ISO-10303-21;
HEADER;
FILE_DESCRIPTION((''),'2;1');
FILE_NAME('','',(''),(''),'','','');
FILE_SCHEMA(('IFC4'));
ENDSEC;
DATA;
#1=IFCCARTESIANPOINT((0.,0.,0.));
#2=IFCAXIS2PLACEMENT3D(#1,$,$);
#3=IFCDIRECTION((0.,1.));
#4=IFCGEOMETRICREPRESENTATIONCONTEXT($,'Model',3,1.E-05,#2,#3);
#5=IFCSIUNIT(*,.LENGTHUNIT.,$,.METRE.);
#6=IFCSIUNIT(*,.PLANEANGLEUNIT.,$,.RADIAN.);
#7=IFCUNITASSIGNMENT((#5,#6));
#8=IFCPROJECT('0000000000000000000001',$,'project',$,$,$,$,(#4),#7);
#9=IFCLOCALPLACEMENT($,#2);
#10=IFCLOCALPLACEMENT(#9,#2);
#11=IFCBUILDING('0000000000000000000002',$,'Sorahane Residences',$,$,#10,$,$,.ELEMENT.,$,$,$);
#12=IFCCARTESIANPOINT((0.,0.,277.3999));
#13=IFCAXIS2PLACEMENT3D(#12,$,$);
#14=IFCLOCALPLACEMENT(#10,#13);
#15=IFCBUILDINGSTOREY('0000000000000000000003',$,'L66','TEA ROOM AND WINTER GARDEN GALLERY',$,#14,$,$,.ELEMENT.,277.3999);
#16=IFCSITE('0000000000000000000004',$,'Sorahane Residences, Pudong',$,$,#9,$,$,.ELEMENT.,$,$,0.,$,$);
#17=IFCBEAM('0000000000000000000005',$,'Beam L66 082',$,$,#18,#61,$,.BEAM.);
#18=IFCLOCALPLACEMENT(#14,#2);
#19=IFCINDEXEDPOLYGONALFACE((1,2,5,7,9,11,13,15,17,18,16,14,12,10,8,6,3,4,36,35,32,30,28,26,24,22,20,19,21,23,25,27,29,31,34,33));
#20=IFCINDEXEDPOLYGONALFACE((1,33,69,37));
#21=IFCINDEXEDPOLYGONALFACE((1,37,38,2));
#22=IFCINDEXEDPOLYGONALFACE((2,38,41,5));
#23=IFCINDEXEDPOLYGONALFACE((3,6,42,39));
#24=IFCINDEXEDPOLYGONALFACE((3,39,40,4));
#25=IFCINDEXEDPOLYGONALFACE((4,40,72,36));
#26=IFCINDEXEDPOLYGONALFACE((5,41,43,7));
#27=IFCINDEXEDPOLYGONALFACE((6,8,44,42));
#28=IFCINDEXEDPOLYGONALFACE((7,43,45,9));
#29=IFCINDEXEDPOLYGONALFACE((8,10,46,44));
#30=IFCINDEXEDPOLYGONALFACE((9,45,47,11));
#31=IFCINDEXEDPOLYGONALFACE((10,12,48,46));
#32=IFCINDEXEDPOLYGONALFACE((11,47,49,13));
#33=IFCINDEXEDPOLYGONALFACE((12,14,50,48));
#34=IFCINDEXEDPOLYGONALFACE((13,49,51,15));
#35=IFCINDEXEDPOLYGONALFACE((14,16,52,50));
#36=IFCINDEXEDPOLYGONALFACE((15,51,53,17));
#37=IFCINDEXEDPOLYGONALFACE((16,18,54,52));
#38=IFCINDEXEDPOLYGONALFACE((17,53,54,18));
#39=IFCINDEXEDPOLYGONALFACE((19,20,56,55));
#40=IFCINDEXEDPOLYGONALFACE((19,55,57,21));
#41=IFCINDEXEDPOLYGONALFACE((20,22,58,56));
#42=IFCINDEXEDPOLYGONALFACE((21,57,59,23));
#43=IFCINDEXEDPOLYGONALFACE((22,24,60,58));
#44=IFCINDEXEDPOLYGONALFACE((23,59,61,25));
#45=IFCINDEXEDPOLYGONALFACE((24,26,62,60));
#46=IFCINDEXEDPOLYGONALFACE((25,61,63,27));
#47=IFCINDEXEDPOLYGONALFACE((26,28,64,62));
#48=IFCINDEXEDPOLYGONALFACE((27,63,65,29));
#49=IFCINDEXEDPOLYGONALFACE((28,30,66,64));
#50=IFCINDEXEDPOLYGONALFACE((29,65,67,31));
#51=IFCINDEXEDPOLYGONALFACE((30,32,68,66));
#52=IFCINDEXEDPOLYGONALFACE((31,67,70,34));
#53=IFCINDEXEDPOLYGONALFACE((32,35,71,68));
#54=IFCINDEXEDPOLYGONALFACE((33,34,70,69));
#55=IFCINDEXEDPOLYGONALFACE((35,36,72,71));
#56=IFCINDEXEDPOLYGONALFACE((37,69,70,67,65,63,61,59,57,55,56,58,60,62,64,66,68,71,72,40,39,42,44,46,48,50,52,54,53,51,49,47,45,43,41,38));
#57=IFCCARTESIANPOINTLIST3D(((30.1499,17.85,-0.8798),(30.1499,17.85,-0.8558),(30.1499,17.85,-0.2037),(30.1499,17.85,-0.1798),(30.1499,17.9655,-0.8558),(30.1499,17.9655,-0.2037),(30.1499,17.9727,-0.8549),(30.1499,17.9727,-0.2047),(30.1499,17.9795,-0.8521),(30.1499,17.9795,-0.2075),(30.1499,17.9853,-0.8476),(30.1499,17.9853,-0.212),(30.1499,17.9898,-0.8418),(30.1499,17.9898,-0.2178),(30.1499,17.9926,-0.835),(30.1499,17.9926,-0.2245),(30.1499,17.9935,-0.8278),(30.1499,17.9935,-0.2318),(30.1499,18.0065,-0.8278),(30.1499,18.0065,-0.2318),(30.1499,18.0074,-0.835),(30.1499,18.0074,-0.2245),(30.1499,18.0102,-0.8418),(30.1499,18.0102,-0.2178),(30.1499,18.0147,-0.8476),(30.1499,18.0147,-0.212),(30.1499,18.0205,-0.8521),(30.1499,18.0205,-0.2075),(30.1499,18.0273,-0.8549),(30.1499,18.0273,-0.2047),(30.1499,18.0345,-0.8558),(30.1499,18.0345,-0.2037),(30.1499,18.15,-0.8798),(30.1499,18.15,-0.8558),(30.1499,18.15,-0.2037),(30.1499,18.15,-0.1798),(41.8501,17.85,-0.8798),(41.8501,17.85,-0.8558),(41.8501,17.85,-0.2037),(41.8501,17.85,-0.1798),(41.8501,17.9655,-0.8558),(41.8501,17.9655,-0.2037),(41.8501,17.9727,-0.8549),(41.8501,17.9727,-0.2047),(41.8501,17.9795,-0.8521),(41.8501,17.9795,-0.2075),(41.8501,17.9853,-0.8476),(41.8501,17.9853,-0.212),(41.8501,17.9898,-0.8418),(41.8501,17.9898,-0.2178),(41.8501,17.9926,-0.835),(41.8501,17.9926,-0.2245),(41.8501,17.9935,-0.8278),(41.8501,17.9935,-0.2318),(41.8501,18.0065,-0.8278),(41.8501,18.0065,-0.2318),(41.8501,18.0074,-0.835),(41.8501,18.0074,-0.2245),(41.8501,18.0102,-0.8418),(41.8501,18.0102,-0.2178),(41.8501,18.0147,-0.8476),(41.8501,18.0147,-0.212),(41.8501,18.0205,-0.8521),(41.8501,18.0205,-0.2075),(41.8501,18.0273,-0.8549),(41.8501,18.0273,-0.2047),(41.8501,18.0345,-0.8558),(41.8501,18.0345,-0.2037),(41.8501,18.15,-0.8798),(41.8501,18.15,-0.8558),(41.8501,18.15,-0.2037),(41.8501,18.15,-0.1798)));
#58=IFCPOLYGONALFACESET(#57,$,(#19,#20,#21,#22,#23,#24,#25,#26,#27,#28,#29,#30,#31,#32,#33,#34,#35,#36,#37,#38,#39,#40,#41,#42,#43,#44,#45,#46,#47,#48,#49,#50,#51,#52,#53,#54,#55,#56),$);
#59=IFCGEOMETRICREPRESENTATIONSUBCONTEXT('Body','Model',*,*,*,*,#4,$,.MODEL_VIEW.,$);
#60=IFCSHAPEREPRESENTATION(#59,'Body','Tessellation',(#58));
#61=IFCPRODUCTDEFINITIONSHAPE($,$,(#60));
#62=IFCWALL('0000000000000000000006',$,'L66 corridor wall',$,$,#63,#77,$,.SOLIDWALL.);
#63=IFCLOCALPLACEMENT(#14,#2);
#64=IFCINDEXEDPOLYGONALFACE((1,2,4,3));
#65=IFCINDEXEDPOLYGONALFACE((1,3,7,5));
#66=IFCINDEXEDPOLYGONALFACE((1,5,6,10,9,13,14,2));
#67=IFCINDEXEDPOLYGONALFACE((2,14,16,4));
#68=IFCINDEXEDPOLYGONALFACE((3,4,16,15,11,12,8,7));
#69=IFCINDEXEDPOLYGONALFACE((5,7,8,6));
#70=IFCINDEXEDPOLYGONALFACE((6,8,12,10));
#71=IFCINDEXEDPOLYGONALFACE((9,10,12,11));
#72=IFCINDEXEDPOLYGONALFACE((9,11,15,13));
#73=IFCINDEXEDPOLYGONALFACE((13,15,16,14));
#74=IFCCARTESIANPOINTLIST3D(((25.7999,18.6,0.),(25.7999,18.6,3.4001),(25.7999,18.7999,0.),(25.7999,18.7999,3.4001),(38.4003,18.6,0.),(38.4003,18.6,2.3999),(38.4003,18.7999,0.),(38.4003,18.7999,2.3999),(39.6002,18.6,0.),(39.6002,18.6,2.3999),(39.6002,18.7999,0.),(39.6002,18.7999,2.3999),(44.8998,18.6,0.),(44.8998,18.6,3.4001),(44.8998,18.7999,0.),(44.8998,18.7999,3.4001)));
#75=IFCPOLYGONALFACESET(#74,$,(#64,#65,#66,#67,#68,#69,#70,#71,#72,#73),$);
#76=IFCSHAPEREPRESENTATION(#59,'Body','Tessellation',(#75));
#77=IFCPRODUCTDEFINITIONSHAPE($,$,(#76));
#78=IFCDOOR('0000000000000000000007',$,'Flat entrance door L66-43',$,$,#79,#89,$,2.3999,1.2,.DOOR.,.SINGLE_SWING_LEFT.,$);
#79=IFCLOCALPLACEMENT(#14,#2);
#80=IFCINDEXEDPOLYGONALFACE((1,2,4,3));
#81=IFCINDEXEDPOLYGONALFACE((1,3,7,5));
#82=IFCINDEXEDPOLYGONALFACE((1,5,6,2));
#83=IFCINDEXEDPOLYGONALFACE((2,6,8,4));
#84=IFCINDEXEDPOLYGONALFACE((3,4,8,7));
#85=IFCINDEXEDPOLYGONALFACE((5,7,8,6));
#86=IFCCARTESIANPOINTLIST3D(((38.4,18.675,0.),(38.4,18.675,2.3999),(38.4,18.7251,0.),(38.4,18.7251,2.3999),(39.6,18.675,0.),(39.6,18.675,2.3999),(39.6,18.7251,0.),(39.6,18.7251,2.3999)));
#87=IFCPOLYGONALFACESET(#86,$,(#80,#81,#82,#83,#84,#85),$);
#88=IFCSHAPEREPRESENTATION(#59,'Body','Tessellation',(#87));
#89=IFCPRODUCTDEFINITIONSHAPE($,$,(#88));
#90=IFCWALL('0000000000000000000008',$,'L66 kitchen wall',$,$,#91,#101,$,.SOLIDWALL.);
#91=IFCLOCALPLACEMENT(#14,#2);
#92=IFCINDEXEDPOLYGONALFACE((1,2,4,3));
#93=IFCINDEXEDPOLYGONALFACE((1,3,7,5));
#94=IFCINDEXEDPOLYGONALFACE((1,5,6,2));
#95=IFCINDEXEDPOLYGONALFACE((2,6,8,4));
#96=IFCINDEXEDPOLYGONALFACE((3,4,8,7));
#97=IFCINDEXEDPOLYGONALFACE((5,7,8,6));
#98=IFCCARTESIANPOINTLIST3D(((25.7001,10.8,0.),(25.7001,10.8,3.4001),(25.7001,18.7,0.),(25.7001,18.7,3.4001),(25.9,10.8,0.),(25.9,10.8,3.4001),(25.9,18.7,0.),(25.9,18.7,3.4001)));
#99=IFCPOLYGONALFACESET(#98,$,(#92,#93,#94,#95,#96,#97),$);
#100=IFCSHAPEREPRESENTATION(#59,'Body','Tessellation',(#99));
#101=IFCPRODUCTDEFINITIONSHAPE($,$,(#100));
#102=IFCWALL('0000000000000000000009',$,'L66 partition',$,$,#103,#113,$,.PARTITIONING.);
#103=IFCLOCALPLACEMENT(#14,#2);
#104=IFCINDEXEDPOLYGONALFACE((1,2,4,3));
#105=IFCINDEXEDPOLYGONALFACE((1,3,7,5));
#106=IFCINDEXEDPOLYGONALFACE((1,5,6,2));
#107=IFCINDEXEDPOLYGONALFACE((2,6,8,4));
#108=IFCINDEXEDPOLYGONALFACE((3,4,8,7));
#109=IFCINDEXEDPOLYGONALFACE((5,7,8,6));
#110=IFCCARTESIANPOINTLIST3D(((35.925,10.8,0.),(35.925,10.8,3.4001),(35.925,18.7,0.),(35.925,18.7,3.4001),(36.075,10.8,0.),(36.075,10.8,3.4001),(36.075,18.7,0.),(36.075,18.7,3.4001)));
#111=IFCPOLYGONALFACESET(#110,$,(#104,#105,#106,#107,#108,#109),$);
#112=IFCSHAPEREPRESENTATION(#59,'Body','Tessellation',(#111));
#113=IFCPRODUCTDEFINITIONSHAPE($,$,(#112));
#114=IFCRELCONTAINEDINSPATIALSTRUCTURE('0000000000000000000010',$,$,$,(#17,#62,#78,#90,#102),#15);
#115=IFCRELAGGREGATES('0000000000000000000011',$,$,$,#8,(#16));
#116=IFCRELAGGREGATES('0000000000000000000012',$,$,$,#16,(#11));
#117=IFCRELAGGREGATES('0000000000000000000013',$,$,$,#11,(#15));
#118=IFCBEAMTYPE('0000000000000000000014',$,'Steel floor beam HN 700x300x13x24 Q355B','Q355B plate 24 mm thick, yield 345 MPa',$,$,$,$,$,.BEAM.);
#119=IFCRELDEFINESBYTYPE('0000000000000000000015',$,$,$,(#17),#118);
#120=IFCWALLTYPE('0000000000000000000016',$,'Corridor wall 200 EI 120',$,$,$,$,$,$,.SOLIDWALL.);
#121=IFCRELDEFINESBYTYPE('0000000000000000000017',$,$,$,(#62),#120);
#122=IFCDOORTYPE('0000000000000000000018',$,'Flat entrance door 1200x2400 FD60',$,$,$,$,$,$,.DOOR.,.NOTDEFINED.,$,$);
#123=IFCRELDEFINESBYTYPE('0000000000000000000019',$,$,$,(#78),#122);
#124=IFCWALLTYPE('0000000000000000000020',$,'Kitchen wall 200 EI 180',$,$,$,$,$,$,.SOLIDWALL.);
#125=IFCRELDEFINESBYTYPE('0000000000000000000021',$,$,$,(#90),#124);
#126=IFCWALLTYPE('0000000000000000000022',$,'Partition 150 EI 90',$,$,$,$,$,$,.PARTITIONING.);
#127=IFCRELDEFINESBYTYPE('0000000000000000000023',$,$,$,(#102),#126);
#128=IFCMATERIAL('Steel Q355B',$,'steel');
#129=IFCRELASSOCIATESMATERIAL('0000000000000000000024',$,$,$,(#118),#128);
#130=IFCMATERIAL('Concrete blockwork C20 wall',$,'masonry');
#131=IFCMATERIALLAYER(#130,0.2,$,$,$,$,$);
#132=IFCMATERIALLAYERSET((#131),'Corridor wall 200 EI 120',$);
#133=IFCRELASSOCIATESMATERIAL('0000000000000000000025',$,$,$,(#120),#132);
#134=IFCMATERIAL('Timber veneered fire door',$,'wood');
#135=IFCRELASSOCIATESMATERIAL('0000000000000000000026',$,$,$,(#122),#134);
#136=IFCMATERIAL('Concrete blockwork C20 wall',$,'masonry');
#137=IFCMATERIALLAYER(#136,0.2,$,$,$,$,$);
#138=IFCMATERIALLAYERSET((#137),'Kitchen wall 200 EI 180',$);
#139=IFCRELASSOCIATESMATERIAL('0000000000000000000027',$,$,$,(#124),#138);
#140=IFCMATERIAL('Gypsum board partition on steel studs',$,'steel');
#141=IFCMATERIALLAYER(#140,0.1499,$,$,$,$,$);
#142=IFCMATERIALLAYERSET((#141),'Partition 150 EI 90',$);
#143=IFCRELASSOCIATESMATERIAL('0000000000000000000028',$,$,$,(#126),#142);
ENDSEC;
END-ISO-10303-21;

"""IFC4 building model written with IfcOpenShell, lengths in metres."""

from ifc_helpers import new_model, si_unit, direction, frame, frame_2d, origin, origin_2d, place, context, subcontext, project, spatial, rectangle, i_section, extrude, material, layer, layer_set, material_profile, profile_set, type_object, element, fill, save


model = new_model("IFC4")

# Units and contexts
model_context = context("Model", 3, precision=1e-05, world=origin(), true_north=direction((0.0, 1.0)))
body_context = subcontext(model_context, "Body", "Model", "MODEL_VIEW")
ifc_project = project(units=[si_unit("LENGTHUNIT", "METRE"), si_unit("PLANEANGLEUNIT", "RADIAN")], contexts=[model_context])

# Site, building, storey
site_placement = place(None, origin())
site = spatial("IfcSite", under=ifc_project, at=site_placement, Name="Sorahane Residences, Pudong", CompositionType="ELEMENT", RefElevation=0.0)
building_placement = place(site_placement, origin())
building = spatial("IfcBuilding", under=site, at=building_placement, Name="Sorahane Residences", CompositionType="ELEMENT")
storey_placement = place(building_placement, frame((0.0, 0.0, 277.3999)))
storey = spatial("IfcBuildingStorey", under=building, at=storey_placement, Name="L66", Description="TEA ROOM AND WINTER GARDEN GALLERY", CompositionType="ELEMENT", Elevation=277.3999)

# Beam
ifc_material_1 = material(Name="Steel Q355B", Category="steel")
ifc_material_profile_1 = material_profile(ifc_material_1, i_section(OverallWidth=0.3, OverallDepth=0.7, WebThickness=0.0129, FlangeThickness=0.0239, FilletRadius=0.0281, at=origin_2d()), Name="HN 700x300x13x24")
ifc_profile_set_1 = profile_set([ifc_material_profile_1], Name="Steel Q355B")
beam_type_1 = type_object("IfcBeamType", Name="Steel floor beam HN 700x300x13x24 Q355B", Description="Q355B plate 24 mm thick, yield 345 MPa", PredefinedType="BEAM", material=ifc_profile_set_1)
beam_1_placement = place(storey_placement, frame((30.1499, 18.0, -0.5298), z_axis=(1.0, 0.0, 0.0), x_axis=(0.0, 1.0, 0.0)))
element("IfcBeam", 1, at=beam_1_placement, inside=storey, type_object=beam_type_1, Name="Beam L66 082", PredefinedType="BEAM", context=body_context, shape_type="SweptSolid", body=[
    extrude(i_section(OverallWidth=0.3, OverallDepth=0.7, WebThickness=0.0129, FlangeThickness=0.0239, FilletRadius=0.0281, at=origin_2d()), origin(), (0.0, 0.0, 1.0), 11.7002),
])

# Wall, opening, door
ifc_material_2 = material(Name="Concrete blockwork C20 wall", Category="masonry")
ifc_layer_1 = layer(ifc_material_2, 0.2)
ifc_layer_set_1 = layer_set([ifc_layer_1], Name="Corridor wall 200 EI 120")
wall_type_1 = type_object("IfcWallType", Name="Corridor wall 200 EI 120", PredefinedType="SOLIDWALL", material=ifc_layer_set_1)
wall_1_placement = place(storey_placement, frame((25.8, 18.7, 0.0), z_axis=(0.0, 0.0, 1.0), x_axis=(1.0, 0.0, 0.0)))
wall_1 = element("IfcWall", 2, at=wall_1_placement, inside=storey, type_object=wall_type_1, Name="L66 corridor wall", PredefinedType="SOLIDWALL", context=body_context, shape_type="SweptSolid", body=[
    extrude(rectangle(XDim=19.0999, YDim=0.2, at=frame_2d((9.5498, 0.0))), origin(), (0.0, 0.0, 1.0), 3.4001),
])
opening_1_placement = place(wall_1_placement, frame((12.6001, 0.0, 0.0)))
opening_1 = element("IfcOpeningElement", 3, at=opening_1_placement, cuts=wall_1, PredefinedType="OPENING", context=body_context, shape_type="SweptSolid", body=[
    extrude(rectangle(XDim=1.2, YDim=2.3999, at=frame_2d((0.6001, 1.2))), frame((0.0, 0.1099, 0.0), z_axis=(0.0, -1.0, 0.0), x_axis=(1.0, 0.0, 0.0)), (0.0, 0.0, 1.0), 0.22),
])
ifc_material_3 = material(Name="Timber veneered fire door", Category="wood")
door_type_1 = type_object("IfcDoorType", Name="Flat entrance door 1200x2400 FD60", OperationType="NOTDEFINED", PredefinedType="DOOR", material=ifc_material_3)
door_1_placement = place(opening_1_placement, frame((1.2, 0.0, 0.0), z_axis=(0.0, 0.0, 1.0), x_axis=(-1.0, 0.0, 0.0)))
door_1 = element("IfcDoor", 4, at=door_1_placement, inside=storey, type_object=door_type_1, Name="Flat entrance door L66-43", OperationType="SINGLE_SWING_LEFT", OverallHeight=2.3999, OverallWidth=1.2, PredefinedType="DOOR", context=body_context, shape_type="SweptSolid", body=[
    extrude(rectangle(XDim=1.2, YDim=2.3999, at=frame_2d((0.6001, 1.2))), frame((0.0, 0.0249, 0.0), z_axis=(0.0, -1.0, 0.0), x_axis=(1.0, 0.0, 0.0)), (0.0, 0.0, 1.0), 0.05),
])
fill(opening_1, door_1)

# Walls
ifc_material_4 = material(Name="Concrete blockwork C20 wall", Category="masonry")
ifc_layer_2 = layer(ifc_material_4, 0.2)
ifc_layer_set_2 = layer_set([ifc_layer_2], Name="Kitchen wall 200 EI 180")
wall_type_2 = type_object("IfcWallType", Name="Kitchen wall 200 EI 180", PredefinedType="SOLIDWALL", material=ifc_layer_set_2)
wall_2_placement = place(storey_placement, frame((25.8, 10.8, 0.0), z_axis=(0.0, 0.0, 1.0), x_axis=(0.0, 1.0, 0.0)))
element("IfcWall", 5, at=wall_2_placement, inside=storey, type_object=wall_type_2, Name="L66 kitchen wall", PredefinedType="SOLIDWALL", context=body_context, shape_type="SweptSolid", body=[
    extrude(rectangle(XDim=7.8999, YDim=0.2, at=frame_2d((3.95, 0.0))), origin(), (0.0, 0.0, 1.0), 3.4001),
])
ifc_material_5 = material(Name="Gypsum board partition on steel studs", Category="steel")
ifc_layer_3 = layer(ifc_material_5, 0.1499)
ifc_layer_set_3 = layer_set([ifc_layer_3], Name="Partition 150 EI 90")
wall_type_3 = type_object("IfcWallType", Name="Partition 150 EI 90", PredefinedType="PARTITIONING", material=ifc_layer_set_3)
wall_3_placement = place(storey_placement, frame((36.0, 10.8, 0.0), z_axis=(0.0, 0.0, 1.0), x_axis=(0.0, 1.0, 0.0)))
element("IfcWall", 6, at=wall_3_placement, inside=storey, type_object=wall_type_3, Name="L66 partition", PredefinedType="PARTITIONING", context=body_context, shape_type="SweptSolid", body=[
    extrude(rectangle(XDim=7.8999, YDim=0.1499, at=frame_2d((3.95, 0.0))), origin(), (0.0, 0.0, 1.0), 3.4001),
])

save(model, "model.ifc")
